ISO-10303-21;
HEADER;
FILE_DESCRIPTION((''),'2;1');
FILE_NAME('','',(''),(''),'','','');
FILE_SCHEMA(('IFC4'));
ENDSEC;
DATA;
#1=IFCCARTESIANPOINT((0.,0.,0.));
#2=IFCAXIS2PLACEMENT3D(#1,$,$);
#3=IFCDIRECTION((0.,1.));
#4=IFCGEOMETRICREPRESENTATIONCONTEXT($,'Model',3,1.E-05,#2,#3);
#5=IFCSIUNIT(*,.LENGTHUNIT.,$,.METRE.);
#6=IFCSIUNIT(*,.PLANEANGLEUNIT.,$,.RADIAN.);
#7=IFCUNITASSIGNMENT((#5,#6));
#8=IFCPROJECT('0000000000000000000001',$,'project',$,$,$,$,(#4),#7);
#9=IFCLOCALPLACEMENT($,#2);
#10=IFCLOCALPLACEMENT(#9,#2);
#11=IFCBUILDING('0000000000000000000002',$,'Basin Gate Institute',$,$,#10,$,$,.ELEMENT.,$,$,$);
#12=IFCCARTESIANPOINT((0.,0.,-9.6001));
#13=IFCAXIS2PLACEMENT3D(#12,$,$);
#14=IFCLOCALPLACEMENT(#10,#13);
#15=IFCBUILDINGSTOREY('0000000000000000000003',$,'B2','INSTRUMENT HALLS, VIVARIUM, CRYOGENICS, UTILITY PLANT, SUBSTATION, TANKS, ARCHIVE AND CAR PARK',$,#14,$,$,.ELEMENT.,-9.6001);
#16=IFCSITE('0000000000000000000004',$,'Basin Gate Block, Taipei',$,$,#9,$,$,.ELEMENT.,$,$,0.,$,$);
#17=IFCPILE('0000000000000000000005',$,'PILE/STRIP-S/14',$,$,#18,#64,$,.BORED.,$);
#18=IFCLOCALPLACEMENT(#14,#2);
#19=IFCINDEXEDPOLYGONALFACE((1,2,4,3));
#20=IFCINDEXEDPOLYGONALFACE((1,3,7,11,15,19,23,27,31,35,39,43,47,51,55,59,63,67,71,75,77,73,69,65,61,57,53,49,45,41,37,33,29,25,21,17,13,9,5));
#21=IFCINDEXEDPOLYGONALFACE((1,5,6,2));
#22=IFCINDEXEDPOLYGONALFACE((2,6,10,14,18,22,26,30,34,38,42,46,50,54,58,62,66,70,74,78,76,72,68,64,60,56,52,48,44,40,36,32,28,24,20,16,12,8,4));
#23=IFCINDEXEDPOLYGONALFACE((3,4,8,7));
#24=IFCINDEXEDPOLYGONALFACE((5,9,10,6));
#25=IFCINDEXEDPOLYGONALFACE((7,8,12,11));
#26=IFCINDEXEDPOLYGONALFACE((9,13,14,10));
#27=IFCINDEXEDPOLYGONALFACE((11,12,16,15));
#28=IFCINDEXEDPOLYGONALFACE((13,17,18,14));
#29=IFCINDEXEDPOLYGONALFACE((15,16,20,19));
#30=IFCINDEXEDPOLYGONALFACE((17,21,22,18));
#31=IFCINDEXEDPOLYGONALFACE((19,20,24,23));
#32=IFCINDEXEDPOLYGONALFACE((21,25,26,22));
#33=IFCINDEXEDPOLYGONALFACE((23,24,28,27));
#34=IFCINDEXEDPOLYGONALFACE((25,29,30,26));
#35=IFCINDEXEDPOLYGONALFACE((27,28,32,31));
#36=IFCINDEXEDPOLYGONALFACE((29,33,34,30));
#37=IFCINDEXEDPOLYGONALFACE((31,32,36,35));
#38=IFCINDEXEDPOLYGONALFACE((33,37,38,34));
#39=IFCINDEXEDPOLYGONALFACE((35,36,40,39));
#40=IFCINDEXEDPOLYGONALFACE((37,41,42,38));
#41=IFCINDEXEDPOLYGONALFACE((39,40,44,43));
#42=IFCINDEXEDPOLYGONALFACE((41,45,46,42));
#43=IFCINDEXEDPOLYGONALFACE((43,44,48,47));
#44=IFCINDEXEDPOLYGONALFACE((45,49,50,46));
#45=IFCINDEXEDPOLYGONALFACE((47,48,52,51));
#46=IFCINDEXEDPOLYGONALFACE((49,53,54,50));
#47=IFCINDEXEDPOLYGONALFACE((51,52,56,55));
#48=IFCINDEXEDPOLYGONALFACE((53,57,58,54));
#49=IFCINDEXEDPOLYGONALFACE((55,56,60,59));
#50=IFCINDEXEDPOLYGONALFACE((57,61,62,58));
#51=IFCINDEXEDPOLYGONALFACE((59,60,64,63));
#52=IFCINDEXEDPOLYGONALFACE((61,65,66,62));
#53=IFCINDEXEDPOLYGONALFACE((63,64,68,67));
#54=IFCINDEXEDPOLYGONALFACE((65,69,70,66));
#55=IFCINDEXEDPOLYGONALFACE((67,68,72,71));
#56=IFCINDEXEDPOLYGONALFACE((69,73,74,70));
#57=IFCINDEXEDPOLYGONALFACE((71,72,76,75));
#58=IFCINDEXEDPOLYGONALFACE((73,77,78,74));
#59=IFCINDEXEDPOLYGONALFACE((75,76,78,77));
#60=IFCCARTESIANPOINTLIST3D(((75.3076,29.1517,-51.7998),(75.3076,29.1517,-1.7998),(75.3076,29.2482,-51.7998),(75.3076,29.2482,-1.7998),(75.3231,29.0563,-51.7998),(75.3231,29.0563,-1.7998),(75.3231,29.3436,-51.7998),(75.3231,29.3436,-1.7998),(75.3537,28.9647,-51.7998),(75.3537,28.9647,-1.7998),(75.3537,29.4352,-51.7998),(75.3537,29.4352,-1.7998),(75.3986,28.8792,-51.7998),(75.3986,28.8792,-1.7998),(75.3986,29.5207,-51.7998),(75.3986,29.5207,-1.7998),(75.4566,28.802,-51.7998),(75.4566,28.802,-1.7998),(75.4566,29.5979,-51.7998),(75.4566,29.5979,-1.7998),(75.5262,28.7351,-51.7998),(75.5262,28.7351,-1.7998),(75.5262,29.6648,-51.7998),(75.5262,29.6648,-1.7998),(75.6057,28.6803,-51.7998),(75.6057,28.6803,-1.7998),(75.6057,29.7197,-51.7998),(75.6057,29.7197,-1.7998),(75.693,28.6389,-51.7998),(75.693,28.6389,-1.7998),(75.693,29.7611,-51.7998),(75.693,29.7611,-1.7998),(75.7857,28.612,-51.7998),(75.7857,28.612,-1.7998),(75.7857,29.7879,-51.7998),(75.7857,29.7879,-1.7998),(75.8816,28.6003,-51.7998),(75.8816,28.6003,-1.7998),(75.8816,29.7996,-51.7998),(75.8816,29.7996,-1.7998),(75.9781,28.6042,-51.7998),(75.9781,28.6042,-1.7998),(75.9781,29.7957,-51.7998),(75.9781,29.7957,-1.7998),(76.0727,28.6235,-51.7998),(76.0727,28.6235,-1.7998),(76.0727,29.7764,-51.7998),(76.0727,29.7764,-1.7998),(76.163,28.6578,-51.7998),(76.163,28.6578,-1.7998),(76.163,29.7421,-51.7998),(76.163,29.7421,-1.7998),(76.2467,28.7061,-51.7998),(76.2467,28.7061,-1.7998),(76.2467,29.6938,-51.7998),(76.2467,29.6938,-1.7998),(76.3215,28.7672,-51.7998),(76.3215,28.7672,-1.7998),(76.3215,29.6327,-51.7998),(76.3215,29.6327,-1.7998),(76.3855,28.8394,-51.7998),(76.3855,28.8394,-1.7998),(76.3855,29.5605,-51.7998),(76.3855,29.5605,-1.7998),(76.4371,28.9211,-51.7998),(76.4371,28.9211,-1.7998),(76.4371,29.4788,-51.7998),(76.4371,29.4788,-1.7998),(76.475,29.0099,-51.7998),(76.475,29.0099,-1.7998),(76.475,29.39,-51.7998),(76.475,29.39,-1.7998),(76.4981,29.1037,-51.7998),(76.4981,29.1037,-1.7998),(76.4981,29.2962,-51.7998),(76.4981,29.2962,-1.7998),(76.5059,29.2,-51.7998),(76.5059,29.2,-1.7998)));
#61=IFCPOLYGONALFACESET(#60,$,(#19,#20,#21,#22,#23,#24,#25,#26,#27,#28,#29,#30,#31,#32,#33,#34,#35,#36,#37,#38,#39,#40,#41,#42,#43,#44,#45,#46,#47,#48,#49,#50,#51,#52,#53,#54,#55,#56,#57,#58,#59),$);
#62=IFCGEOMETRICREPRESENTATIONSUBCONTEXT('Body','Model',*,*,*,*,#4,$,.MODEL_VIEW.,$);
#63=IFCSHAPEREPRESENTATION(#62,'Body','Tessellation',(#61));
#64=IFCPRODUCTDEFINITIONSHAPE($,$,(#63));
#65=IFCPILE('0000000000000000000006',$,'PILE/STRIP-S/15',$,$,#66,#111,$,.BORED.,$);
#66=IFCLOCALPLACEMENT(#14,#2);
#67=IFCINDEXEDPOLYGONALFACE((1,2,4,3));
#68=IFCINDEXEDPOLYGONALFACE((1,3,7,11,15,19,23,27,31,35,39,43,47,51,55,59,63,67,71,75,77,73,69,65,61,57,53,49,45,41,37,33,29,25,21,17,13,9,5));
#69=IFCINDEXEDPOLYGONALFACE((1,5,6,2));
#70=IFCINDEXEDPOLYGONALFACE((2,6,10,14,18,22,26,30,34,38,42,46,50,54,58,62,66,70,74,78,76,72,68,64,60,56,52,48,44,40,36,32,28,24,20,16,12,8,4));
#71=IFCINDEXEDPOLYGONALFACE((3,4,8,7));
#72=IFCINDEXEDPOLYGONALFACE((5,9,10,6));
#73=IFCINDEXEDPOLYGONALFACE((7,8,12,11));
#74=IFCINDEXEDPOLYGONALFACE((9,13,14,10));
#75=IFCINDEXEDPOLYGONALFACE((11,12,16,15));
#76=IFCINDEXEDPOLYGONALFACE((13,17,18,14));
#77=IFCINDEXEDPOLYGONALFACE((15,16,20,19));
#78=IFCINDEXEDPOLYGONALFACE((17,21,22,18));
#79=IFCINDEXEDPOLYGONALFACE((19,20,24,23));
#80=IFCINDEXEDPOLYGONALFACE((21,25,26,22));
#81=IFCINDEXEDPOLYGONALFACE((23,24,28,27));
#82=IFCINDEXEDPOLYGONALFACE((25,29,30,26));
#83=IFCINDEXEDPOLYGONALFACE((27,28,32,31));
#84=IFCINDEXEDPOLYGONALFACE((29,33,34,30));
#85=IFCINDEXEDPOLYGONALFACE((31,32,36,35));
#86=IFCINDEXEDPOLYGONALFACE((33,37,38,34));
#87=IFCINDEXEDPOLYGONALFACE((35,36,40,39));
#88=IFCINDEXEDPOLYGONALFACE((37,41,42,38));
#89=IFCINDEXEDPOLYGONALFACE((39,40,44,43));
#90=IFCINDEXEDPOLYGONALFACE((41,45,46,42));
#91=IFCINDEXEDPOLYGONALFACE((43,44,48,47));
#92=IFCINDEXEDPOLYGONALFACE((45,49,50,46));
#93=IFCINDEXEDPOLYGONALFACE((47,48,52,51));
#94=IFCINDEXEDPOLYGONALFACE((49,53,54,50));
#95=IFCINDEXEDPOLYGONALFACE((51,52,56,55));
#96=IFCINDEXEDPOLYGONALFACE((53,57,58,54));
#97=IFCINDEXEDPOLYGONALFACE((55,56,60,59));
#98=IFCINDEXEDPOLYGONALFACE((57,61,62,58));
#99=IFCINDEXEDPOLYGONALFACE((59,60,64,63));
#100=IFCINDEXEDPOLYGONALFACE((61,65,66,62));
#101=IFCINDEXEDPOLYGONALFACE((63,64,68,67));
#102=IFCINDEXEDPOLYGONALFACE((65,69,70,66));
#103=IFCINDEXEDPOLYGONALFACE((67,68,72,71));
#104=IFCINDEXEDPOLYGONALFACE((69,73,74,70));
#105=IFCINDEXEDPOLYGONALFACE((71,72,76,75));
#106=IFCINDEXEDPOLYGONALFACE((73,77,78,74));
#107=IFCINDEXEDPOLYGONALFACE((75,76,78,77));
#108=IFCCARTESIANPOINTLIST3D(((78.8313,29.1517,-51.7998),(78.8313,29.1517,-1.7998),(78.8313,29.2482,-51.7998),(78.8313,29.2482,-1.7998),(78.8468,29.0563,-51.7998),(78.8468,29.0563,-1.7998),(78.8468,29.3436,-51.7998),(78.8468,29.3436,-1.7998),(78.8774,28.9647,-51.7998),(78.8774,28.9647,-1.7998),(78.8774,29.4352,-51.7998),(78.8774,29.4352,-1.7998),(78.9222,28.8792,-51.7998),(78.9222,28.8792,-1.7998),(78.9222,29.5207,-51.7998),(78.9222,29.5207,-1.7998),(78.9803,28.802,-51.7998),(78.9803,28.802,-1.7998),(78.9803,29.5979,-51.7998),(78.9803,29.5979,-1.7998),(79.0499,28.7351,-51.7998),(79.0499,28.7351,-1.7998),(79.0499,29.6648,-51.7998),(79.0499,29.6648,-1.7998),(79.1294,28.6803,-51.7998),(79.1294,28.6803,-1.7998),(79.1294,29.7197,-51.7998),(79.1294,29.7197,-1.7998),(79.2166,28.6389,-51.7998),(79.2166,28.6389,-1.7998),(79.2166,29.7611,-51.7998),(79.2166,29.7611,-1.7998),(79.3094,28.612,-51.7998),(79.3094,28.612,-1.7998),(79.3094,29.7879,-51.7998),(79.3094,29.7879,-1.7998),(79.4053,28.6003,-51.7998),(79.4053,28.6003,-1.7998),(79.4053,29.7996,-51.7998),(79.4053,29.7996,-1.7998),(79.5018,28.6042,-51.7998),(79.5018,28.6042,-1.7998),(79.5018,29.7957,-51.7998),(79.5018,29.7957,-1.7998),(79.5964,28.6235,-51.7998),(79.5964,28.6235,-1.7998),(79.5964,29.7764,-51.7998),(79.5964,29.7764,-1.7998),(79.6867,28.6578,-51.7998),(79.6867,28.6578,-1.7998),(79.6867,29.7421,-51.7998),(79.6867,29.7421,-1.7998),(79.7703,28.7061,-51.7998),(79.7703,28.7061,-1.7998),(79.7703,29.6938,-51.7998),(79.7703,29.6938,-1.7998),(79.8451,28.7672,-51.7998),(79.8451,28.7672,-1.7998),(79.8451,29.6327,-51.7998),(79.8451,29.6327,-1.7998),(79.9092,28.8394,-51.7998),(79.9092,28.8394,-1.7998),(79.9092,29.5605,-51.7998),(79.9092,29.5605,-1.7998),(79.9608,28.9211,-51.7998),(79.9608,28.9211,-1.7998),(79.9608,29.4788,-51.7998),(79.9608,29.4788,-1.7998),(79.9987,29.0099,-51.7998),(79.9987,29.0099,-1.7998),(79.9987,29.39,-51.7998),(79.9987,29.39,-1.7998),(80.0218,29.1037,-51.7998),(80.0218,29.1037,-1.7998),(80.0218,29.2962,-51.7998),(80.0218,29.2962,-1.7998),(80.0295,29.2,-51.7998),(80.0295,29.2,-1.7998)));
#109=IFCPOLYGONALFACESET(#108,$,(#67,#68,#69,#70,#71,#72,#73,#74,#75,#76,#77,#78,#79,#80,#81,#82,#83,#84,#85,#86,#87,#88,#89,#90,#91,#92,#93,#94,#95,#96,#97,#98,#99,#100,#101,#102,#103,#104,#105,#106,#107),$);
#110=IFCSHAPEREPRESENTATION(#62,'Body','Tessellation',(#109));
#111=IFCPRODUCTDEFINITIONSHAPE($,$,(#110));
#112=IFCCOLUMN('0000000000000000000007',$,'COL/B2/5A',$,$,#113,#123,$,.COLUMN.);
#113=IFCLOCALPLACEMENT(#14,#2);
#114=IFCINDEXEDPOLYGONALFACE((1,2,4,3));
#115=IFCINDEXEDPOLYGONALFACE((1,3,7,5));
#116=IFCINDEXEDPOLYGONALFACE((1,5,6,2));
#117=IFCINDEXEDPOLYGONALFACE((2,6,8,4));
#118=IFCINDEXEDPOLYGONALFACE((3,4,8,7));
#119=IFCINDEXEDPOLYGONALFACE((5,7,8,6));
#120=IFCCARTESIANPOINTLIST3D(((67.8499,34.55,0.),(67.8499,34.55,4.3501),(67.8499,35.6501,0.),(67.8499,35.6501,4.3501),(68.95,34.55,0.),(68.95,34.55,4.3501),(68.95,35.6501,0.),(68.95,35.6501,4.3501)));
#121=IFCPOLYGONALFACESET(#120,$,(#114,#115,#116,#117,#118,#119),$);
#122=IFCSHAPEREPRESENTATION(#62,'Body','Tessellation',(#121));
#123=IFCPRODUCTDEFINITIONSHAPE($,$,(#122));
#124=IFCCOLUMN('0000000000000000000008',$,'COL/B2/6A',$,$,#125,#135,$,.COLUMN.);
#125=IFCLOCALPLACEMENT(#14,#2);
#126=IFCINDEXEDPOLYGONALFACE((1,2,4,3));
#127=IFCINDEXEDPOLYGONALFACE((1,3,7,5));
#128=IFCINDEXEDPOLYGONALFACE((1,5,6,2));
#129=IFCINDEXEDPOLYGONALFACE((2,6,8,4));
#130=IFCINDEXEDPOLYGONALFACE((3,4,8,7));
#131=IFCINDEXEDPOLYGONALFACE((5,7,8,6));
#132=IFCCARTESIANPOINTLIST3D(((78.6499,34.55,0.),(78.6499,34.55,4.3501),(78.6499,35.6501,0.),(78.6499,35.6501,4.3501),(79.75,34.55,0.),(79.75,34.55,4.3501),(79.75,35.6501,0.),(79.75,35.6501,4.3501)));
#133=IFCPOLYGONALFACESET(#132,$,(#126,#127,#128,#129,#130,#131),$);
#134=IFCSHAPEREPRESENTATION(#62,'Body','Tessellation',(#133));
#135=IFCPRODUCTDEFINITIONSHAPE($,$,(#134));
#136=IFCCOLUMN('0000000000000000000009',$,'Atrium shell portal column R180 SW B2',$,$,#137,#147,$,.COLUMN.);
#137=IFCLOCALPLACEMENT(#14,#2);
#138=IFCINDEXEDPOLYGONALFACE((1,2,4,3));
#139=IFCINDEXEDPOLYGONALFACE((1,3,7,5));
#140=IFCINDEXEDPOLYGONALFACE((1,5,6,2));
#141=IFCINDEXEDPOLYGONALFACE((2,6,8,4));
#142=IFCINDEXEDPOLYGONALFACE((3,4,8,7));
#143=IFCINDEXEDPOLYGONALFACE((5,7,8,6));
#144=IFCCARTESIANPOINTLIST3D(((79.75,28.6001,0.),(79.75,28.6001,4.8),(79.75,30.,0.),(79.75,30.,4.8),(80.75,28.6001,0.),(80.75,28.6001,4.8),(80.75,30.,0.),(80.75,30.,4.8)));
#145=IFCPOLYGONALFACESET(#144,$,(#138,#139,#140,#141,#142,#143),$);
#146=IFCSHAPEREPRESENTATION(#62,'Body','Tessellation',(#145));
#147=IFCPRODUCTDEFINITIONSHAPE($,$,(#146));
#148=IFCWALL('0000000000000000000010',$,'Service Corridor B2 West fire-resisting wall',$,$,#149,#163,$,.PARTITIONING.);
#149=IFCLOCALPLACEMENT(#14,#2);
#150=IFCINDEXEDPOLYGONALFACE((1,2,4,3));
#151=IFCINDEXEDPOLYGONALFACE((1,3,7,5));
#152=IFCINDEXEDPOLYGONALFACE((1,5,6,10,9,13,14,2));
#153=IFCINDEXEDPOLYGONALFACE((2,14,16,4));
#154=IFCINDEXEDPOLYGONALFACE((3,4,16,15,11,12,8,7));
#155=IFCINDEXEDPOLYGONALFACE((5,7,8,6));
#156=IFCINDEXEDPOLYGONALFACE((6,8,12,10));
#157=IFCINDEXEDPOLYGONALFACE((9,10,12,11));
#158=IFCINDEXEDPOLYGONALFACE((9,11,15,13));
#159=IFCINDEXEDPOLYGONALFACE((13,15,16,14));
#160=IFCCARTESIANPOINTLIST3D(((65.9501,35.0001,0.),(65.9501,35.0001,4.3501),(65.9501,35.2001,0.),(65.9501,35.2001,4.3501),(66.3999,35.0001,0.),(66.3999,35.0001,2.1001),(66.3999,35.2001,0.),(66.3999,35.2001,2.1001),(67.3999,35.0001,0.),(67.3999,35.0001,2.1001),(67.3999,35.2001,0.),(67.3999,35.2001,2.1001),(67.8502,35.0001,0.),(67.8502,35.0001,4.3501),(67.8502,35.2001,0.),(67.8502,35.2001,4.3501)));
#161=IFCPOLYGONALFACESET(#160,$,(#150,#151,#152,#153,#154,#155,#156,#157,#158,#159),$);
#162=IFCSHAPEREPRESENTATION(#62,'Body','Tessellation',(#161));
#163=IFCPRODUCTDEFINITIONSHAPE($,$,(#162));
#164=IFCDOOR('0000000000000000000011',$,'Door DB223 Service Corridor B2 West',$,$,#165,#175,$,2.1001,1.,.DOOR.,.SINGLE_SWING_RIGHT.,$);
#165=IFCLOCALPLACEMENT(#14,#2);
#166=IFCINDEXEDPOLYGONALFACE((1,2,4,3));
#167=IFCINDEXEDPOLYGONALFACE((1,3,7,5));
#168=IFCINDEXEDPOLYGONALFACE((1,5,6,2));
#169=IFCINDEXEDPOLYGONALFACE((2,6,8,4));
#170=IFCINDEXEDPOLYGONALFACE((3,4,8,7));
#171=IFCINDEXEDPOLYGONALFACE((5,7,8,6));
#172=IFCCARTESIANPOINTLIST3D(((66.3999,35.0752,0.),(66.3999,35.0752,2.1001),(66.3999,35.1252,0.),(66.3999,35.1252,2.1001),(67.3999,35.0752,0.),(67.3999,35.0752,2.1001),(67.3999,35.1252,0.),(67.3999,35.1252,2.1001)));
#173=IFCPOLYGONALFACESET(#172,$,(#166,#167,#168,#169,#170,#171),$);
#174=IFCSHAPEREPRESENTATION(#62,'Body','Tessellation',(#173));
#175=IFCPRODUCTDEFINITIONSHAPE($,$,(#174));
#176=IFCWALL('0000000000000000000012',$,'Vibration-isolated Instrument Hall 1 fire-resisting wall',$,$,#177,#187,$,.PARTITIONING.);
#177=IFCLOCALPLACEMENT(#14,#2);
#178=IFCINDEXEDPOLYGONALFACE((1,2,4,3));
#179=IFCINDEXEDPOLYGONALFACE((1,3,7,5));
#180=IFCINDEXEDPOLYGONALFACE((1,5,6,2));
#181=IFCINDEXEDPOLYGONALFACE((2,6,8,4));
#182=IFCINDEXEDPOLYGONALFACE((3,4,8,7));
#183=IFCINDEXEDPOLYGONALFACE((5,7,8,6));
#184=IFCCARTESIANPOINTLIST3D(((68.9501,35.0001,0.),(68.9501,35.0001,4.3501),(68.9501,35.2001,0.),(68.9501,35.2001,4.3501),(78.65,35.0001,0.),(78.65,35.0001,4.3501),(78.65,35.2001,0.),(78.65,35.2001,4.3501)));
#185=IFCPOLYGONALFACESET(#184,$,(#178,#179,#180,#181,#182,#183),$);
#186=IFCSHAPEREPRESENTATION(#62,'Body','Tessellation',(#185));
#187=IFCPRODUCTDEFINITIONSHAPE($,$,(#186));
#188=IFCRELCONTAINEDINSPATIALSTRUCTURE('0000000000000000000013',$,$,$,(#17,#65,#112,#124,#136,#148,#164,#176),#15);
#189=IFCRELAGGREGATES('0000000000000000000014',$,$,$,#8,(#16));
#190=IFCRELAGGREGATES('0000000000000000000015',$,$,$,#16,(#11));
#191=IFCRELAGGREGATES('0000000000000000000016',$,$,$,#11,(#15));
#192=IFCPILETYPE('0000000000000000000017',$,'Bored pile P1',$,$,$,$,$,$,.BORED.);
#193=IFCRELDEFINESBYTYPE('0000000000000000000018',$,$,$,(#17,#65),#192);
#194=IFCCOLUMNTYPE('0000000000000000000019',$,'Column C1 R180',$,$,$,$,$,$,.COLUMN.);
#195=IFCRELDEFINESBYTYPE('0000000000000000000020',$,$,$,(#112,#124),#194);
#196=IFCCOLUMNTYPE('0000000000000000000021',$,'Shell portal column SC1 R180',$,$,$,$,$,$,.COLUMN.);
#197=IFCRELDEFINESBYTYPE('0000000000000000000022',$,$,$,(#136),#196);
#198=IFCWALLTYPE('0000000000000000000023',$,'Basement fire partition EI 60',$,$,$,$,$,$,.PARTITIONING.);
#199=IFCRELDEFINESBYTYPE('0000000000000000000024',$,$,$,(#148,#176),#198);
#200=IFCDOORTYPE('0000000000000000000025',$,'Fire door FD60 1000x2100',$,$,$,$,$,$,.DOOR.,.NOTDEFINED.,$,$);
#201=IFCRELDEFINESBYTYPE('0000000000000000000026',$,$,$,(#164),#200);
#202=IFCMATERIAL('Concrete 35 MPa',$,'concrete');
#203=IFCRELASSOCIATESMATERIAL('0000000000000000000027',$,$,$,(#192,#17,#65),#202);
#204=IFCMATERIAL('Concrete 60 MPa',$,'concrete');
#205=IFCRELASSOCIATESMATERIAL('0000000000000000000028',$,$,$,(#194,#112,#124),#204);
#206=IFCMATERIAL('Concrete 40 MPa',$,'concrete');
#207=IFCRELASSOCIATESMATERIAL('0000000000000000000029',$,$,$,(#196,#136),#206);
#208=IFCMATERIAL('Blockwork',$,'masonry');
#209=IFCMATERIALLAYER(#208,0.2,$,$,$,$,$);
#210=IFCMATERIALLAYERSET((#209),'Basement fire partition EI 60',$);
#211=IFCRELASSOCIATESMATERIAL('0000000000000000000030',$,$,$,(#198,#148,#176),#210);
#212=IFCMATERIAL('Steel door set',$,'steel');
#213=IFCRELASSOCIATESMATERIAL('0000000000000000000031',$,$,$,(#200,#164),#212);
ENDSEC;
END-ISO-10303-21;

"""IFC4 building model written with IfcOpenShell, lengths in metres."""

from ifc_helpers import new_model, si_unit, direction, frame, frame_2d, origin, origin_2d, place, context, subcontext, project, spatial, rectangle, circle, extrude, material, layer, layer_set, material_profile, profile_set, type_object, element, fill, save


model = new_model("IFC4")

# Units and contexts
model_context = context("Model", 3, precision=1e-05, world=origin(), true_north=direction((0.0, 1.0)))
body_context = subcontext(model_context, "Body", "Model", "MODEL_VIEW")
ifc_project = project(units=[si_unit("LENGTHUNIT", "METRE"), si_unit("PLANEANGLEUNIT", "RADIAN")], contexts=[model_context])

# Site, building, storey
site_placement = place(None, origin())
site = spatial("IfcSite", under=ifc_project, at=site_placement, Name="Basin Gate Block, Taipei", CompositionType="ELEMENT", RefElevation=0.0)
building_placement = place(site_placement, origin())
building = spatial("IfcBuilding", under=site, at=building_placement, Name="Basin Gate Institute", CompositionType="ELEMENT")
storey_placement = place(building_placement, frame((0.0, 0.0, -9.6001)))
storey = spatial("IfcBuildingStorey", under=building, at=storey_placement, Name="B2", Description="INSTRUMENT HALLS, VIVARIUM, CRYOGENICS, UTILITY PLANT, SUBSTATION, TANKS, ARCHIVE AND CAR PARK", CompositionType="ELEMENT", Elevation=-9.6001)

# Piles
ifc_material_1 = material(Name="Concrete 35 MPa", Category="concrete")
ifc_material_profile_1 = material_profile(ifc_material_1, circle(Radius=0.6001, at=origin_2d()), Name="Bored pile P1 1200 dia")
ifc_profile_set_1 = profile_set([ifc_material_profile_1], Name="Concrete 35 MPa")
pile_type = type_object("IfcPileType", Name="Bored pile P1", PredefinedType="BORED", material=ifc_profile_set_1)
for number, where, z_axis, x_axis, name in (
    (1, (75.9058, 29.2, -1.7998), (0.0, 0.0, -1.0), (1.0, 0.0, 0.0), "PILE/STRIP-S/14"),
    (2, (79.4294, 29.2, -1.7998), (0.0, 0.0, -1.0), (1.0, 0.0, 0.0), "PILE/STRIP-S/15"),
):
    element("IfcPile", number, at=place(storey_placement, frame(where, z_axis=z_axis, x_axis=x_axis)), inside=storey, type_object=pile_type, material=ifc_profile_set_1, Name=name, PredefinedType="BORED", context=body_context, shape_type="SweptSolid", body=[
        extrude(circle(Radius=0.6001, at=origin_2d()), origin(), (0.0, 0.0, 1.0), 50.0),
    ])

# Columns
ifc_material_2 = material(Name="Concrete 60 MPa", Category="concrete")
ifc_material_profile_2 = material_profile(ifc_material_2, rectangle(XDim=1.1001, YDim=1.1001, at=origin_2d()), Name="Column C1 1100 x 1100")
ifc_profile_set_2 = profile_set([ifc_material_profile_2], Name="Concrete 60 MPa")
column_type_1 = type_object("IfcColumnType", Name="Column C1 R180", PredefinedType="COLUMN", material=ifc_profile_set_2)
for number, where, z_axis, x_axis, name in (
    (3, (68.3999, 35.1001, 0.0), (0.0, 0.0, 1.0), (1.0, 0.0, 0.0), "COL/B2/5A"),
    (4, (79.2, 35.1001, 0.0), (0.0, 0.0, 1.0), (1.0, 0.0, 0.0), "COL/B2/6A"),
):
    element("IfcColumn", number, at=place(storey_placement, frame(where, z_axis=z_axis, x_axis=x_axis)), inside=storey, type_object=column_type_1, material=ifc_profile_set_2, Name=name, PredefinedType="COLUMN", context=body_context, shape_type="SweptSolid", body=[
        extrude(rectangle(XDim=1.1001, YDim=1.1001, at=origin_2d()), origin(), (0.0, 0.0, 1.0), 4.3501),
    ])
ifc_material_3 = material(Name="Concrete 40 MPa", Category="concrete")
ifc_material_profile_3 = material_profile(ifc_material_3, rectangle(XDim=1.0, YDim=1.3999, at=origin_2d()), Name="Shell portal column SC1 1000 x 1400")
ifc_profile_set_3 = profile_set([ifc_material_profile_3], Name="Concrete 40 MPa")
column_type_2 = type_object("IfcColumnType", Name="Shell portal column SC1 R180", PredefinedType="COLUMN", material=ifc_profile_set_3)
column_placement = place(storey_placement, frame((80.25, 29.3, 0.0), z_axis=(0.0, 0.0, 1.0), x_axis=(1.0, 0.0, 0.0)))
element("IfcColumn", 5, at=column_placement, inside=storey, type_object=column_type_2, material=ifc_profile_set_3, Name="Atrium shell portal column R180 SW B2", PredefinedType="COLUMN", context=body_context, shape_type="SweptSolid", body=[
    extrude(rectangle(XDim=1.0, YDim=1.3999, at=origin_2d()), origin(), (0.0, 0.0, 1.0), 4.8),
])

# Wall, opening, door
ifc_material_4 = material(Name="Blockwork", Category="masonry")
ifc_layer_1 = layer(ifc_material_4, 0.2)
ifc_layer_set_1 = layer_set([ifc_layer_1], Name="Basement fire partition EI 60")
wall_type_1 = type_object("IfcWallType", Name="Basement fire partition EI 60", PredefinedType="PARTITIONING", material=ifc_layer_set_1)
wall_1_placement = place(storey_placement, frame((65.95, 35.1001, 0.0), z_axis=(0.0, 0.0, 1.0), x_axis=(1.0, 0.0, 0.0)))
wall_1 = element("IfcWall", 6, at=wall_1_placement, inside=storey, type_object=wall_type_1, material=ifc_layer_set_1, Name="Service Corridor B2 West fire-resisting wall", PredefinedType="PARTITIONING", context=body_context, shape_type="SweptSolid", body=[
    extrude(rectangle(XDim=1.9001, YDim=0.2, at=frame_2d((0.9502, 0.0))), origin(), (0.0, 0.0, 1.0), 4.3501),
])
opening_1_placement = place(wall_1_placement, frame((0.45, 0.0, 0.0)))
opening_1 = element("IfcOpeningElement", 7, at=opening_1_placement, cuts=wall_1, PredefinedType="OPENING", context=body_context, shape_type="SweptSolid", body=[
    extrude(rectangle(XDim=1.0, YDim=2.1001, at=frame_2d((0.5, 1.05))), frame((0.0, 0.1099, 0.0), z_axis=(0.0, -1.0, 0.0), x_axis=(1.0, 0.0, 0.0)), (0.0, 0.0, 1.0), 0.22),
])
ifc_material_5 = material(Name="Steel door set", Category="steel")
door_type_1 = type_object("IfcDoorType", Name="Fire door FD60 1000x2100", OperationType="NOTDEFINED", PredefinedType="DOOR", material=ifc_material_5)
door_1_placement = place(opening_1_placement, frame((1.0, 0.0, 0.0), z_axis=(0.0, 0.0, 1.0), x_axis=(-1.0, 0.0, 0.0)))
door_1 = element("IfcDoor", 8, at=door_1_placement, inside=storey, type_object=door_type_1, material=ifc_material_5, Name="Door DB223 Service Corridor B2 West", OperationType="SINGLE_SWING_RIGHT", OverallHeight=2.1001, OverallWidth=1.0, PredefinedType="DOOR", context=body_context, shape_type="SweptSolid", body=[
    extrude(rectangle(XDim=1.0, YDim=2.1001, at=frame_2d((0.5, 1.05))), frame((0.0, 0.0249, 0.0), z_axis=(0.0, -1.0, 0.0), x_axis=(1.0, 0.0, 0.0)), (0.0, 0.0, 1.0), 0.05),
])
fill(opening_1, door_1)

# Wall
wall_2_placement = place(storey_placement, frame((68.95, 35.1001, 0.0), z_axis=(0.0, 0.0, 1.0), x_axis=(1.0, 0.0, 0.0)))
element("IfcWall", 9, at=wall_2_placement, inside=storey, type_object=wall_type_1, material=ifc_layer_set_1, Name="Vibration-isolated Instrument Hall 1 fire-resisting wall", PredefinedType="PARTITIONING", context=body_context, shape_type="SweptSolid", body=[
    extrude(rectangle(XDim=9.7, YDim=0.2, at=frame_2d((4.8501, 0.0))), origin(), (0.0, 0.0, 1.0), 4.3501),
])

save(model, "model.ifc")
